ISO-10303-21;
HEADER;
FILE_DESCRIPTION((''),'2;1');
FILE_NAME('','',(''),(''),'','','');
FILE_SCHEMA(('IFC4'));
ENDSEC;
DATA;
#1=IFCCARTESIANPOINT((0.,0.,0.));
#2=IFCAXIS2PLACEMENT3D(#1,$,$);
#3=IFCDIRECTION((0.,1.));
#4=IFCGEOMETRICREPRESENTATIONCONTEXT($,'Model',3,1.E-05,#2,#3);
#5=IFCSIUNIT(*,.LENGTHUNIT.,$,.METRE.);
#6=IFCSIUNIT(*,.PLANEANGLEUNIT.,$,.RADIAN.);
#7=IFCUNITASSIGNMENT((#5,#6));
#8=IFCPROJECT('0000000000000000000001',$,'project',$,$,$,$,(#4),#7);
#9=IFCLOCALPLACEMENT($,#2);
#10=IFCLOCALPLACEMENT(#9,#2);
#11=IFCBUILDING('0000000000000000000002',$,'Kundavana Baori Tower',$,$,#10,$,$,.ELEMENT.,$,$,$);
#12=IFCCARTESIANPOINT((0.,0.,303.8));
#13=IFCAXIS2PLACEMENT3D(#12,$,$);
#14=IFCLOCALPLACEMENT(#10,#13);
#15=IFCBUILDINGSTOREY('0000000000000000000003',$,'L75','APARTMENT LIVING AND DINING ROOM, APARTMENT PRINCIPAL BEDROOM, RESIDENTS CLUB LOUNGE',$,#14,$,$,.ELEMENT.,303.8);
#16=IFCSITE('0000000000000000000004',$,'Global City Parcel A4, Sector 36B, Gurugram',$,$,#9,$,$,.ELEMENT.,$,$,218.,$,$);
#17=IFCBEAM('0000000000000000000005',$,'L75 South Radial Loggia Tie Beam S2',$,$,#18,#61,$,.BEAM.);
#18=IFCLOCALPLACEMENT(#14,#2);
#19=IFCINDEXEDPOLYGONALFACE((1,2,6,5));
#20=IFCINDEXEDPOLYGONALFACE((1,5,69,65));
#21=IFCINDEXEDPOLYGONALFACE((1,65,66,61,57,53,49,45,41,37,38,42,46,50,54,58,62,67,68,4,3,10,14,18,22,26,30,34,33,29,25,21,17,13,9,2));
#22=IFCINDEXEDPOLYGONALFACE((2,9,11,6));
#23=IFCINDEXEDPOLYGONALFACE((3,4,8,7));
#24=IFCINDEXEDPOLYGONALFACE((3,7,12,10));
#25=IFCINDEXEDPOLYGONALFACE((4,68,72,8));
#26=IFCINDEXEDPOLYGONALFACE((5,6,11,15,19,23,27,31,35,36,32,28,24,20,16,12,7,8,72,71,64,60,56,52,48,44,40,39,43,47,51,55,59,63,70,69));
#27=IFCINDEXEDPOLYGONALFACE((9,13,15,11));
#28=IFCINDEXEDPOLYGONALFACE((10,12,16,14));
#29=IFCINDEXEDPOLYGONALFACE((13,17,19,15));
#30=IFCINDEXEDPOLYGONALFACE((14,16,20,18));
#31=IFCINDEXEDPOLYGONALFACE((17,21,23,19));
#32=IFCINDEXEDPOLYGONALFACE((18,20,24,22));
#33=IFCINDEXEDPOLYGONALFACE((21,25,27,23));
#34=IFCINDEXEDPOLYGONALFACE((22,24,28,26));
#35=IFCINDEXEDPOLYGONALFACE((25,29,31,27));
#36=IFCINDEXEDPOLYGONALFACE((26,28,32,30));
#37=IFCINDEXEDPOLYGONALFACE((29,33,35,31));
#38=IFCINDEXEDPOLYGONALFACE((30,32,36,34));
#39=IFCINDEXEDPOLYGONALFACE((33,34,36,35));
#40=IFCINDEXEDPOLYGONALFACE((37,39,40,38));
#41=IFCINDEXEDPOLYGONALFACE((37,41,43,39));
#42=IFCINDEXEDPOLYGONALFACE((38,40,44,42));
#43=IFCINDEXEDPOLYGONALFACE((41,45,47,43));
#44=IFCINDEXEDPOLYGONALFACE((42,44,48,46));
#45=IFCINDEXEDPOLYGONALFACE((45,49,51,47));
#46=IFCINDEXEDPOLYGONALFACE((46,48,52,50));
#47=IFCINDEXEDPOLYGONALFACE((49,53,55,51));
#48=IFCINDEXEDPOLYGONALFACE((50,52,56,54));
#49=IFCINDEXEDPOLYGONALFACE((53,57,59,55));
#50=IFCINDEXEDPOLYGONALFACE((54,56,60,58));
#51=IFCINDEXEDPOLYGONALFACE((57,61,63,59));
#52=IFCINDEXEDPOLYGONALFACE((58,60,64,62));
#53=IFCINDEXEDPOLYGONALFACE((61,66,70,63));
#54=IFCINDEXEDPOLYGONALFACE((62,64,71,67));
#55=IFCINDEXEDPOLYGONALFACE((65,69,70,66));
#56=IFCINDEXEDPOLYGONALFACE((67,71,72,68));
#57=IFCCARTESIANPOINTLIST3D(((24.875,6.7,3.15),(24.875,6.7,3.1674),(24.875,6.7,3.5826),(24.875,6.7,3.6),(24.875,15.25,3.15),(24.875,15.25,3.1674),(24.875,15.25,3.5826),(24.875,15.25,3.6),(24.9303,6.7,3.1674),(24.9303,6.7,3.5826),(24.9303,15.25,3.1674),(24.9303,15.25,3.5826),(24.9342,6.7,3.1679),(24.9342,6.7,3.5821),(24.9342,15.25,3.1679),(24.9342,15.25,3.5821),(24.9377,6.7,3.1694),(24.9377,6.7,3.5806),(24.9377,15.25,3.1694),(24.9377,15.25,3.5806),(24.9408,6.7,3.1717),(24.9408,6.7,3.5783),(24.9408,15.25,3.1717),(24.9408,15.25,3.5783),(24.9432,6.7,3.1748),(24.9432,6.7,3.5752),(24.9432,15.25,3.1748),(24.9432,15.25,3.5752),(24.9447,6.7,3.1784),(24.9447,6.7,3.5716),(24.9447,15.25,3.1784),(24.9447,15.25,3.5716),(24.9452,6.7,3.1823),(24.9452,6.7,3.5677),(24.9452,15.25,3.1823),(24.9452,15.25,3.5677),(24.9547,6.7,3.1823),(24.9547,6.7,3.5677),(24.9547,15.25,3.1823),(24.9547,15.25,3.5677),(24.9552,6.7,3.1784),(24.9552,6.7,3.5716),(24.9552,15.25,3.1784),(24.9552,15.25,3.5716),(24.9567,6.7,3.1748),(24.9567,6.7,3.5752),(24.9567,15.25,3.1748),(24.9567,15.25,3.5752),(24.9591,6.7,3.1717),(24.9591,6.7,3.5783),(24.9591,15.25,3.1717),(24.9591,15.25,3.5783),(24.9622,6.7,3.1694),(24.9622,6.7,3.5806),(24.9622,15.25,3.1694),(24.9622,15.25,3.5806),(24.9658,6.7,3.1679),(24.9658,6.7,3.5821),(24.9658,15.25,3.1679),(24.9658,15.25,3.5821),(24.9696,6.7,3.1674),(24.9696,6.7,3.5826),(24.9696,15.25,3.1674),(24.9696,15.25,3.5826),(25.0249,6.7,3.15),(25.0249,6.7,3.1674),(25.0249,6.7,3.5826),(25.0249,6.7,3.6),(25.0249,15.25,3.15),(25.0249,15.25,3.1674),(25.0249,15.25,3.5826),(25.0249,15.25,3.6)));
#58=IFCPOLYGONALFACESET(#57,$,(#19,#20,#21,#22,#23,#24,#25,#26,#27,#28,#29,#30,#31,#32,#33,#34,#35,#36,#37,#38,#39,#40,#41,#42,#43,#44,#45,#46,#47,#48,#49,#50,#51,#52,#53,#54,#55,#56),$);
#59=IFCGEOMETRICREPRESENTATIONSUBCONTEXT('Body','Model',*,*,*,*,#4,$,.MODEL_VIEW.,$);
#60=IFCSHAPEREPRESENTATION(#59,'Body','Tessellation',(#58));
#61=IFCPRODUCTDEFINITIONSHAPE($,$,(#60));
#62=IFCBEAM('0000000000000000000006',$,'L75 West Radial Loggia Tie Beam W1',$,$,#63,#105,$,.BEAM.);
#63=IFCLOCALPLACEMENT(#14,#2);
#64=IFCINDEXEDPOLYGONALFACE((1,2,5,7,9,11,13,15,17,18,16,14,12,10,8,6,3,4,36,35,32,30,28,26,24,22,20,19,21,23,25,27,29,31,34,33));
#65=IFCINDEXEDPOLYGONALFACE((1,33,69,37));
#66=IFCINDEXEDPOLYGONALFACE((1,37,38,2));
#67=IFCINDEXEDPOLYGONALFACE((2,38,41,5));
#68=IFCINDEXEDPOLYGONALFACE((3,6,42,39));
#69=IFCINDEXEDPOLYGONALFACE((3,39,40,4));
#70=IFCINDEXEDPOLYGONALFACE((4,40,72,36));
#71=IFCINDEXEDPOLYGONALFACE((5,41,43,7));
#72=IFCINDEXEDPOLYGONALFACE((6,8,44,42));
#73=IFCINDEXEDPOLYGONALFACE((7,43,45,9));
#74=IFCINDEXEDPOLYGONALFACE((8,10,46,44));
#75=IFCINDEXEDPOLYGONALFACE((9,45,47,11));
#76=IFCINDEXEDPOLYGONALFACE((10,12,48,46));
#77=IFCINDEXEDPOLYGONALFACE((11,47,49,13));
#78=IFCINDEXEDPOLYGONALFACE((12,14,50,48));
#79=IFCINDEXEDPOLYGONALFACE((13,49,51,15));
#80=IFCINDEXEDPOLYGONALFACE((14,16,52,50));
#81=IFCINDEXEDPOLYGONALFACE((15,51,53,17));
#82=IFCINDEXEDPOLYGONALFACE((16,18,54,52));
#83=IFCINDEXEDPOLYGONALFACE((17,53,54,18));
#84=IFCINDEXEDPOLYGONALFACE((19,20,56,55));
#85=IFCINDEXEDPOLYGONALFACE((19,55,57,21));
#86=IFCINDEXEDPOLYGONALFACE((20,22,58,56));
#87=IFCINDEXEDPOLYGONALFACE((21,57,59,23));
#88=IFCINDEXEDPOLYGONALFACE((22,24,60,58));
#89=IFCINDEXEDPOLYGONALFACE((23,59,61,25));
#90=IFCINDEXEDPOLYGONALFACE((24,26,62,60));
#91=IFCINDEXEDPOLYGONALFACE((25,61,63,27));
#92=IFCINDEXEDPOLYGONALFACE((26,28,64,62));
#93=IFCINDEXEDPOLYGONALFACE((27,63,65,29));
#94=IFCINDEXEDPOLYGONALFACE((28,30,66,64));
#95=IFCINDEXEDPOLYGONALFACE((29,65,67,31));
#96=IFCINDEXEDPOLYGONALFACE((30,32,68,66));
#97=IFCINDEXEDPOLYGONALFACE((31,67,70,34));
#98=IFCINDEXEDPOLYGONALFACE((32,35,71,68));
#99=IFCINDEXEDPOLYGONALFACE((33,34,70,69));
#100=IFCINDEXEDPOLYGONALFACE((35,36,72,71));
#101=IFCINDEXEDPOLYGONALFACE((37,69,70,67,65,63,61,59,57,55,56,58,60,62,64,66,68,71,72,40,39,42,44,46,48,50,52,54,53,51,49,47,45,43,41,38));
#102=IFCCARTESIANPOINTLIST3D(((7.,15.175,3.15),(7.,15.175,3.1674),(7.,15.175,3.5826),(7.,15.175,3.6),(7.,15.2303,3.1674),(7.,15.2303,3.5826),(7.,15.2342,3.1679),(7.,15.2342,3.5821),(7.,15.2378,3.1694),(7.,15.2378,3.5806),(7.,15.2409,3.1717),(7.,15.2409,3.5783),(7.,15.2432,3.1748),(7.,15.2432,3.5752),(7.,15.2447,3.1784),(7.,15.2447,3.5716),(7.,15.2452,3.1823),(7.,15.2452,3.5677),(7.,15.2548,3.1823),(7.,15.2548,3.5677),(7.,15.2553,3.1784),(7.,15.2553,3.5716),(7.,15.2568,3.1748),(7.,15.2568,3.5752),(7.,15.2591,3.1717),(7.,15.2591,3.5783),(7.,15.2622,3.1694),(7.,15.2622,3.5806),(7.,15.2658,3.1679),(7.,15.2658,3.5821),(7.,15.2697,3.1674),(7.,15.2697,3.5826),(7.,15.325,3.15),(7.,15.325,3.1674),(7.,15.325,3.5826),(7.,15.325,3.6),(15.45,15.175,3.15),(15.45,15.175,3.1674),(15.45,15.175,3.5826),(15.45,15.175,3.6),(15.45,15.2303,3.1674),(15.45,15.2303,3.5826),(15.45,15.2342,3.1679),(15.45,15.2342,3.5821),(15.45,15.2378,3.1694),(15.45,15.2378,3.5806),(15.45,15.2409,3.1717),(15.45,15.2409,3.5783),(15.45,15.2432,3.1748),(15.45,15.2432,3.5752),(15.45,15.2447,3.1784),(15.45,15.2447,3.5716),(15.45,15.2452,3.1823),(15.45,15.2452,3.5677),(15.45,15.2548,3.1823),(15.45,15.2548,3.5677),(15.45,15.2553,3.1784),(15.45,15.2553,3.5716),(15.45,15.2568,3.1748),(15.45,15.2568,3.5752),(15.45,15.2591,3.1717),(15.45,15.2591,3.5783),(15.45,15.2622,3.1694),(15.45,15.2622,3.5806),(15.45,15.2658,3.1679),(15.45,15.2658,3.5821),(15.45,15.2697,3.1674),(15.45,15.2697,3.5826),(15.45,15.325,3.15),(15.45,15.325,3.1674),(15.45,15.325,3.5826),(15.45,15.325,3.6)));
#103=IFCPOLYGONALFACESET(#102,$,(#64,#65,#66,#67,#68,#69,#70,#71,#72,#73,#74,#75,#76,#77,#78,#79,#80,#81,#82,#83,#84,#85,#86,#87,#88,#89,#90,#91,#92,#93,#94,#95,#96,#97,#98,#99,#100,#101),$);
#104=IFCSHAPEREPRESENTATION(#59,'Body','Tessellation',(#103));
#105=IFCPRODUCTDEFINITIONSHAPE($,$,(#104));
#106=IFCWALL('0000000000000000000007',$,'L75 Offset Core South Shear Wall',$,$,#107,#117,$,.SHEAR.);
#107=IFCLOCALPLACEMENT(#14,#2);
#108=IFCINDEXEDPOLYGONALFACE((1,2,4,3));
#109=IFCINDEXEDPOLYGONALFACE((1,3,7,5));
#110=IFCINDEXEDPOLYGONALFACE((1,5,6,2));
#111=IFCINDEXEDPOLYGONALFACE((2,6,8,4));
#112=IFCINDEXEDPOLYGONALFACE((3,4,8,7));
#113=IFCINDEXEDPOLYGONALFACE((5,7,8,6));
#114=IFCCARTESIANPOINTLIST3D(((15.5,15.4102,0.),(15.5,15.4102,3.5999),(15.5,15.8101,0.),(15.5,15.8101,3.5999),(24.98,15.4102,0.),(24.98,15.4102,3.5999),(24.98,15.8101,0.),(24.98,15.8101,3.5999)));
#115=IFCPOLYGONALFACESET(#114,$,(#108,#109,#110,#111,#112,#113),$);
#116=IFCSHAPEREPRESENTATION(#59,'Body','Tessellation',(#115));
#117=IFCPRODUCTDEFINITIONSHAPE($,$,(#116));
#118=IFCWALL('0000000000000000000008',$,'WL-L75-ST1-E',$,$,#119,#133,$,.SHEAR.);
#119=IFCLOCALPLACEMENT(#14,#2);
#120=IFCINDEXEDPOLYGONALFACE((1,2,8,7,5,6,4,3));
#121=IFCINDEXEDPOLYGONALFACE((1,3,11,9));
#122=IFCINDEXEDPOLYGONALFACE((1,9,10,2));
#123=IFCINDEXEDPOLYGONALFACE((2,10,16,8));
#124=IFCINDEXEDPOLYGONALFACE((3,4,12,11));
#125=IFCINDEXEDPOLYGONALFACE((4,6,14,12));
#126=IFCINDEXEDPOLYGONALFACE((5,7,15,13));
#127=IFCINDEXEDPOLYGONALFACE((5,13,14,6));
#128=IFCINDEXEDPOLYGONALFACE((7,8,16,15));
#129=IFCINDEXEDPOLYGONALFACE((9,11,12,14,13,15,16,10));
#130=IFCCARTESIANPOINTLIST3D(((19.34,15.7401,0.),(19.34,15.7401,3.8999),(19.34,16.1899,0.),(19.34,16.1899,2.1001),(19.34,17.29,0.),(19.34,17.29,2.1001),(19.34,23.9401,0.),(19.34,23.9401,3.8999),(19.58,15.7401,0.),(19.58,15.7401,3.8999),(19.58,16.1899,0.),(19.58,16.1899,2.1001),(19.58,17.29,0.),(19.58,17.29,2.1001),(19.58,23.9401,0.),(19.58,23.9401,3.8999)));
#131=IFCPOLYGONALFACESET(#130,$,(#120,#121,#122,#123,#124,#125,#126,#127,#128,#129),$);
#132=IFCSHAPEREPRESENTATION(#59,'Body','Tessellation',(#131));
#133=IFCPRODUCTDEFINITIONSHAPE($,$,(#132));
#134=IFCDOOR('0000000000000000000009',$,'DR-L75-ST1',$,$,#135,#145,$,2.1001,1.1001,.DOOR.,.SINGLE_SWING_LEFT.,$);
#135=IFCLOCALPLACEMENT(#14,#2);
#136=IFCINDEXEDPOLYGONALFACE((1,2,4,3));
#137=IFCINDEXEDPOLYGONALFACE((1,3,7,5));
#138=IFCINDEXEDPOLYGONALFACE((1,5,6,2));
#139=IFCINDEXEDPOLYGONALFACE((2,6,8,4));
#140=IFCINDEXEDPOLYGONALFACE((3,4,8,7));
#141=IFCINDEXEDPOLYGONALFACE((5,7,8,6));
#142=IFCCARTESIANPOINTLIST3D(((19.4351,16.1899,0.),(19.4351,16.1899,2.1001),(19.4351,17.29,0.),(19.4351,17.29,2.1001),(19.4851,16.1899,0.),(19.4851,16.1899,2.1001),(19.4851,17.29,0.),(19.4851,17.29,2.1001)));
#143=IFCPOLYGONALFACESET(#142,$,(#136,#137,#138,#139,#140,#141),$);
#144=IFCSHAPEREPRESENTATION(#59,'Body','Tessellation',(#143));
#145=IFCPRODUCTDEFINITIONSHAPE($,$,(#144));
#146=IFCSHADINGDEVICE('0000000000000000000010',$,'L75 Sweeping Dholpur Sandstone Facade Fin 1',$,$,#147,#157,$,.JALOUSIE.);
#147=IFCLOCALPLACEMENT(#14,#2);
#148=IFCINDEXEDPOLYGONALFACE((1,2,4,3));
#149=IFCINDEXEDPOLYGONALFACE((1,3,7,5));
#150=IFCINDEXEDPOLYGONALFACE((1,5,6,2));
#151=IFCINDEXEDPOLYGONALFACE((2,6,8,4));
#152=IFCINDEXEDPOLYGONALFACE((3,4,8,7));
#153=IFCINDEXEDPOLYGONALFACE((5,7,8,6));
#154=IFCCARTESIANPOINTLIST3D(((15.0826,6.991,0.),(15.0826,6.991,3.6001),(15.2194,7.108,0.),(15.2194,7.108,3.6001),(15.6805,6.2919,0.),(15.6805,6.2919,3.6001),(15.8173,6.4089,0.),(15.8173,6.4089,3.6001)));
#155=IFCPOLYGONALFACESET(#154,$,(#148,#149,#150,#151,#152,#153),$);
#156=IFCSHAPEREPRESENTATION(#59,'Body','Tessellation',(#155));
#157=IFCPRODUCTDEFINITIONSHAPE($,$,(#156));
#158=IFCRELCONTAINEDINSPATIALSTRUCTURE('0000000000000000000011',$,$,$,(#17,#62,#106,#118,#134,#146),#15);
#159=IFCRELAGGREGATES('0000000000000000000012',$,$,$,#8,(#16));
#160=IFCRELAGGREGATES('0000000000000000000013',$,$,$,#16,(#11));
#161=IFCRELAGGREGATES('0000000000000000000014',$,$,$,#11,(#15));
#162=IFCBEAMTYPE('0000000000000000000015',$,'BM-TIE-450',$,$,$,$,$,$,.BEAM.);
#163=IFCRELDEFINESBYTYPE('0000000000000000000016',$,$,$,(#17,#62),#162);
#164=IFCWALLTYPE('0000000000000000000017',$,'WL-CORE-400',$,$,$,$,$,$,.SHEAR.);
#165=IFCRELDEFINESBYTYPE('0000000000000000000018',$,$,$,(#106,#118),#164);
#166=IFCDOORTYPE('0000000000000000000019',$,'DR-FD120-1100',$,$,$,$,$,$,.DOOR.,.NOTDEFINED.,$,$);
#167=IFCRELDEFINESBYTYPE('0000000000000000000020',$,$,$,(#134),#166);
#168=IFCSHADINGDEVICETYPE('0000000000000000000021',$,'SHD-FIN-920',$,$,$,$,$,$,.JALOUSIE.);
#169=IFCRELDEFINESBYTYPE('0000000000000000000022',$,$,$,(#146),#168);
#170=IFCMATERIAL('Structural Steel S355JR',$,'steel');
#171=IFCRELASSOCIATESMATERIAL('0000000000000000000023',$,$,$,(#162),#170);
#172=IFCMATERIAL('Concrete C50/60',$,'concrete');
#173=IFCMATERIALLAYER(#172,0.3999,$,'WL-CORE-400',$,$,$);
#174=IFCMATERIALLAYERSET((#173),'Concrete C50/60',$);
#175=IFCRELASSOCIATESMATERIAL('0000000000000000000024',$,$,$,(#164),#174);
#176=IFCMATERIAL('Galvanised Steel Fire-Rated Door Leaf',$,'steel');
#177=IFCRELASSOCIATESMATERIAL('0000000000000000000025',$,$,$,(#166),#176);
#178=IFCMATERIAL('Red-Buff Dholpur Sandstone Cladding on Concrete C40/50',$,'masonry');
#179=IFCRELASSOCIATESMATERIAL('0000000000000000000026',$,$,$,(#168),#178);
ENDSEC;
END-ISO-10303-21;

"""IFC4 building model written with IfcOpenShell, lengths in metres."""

from ifc_helpers import new_model, si_unit, direction, frame, frame_2d, origin, origin_2d, place, context, subcontext, project, spatial, rectangle, i_section, extrude, material, layer, layer_set, material_profile, profile_set, type_object, element, fill, save


model = new_model("IFC4")

# Units and contexts
model_context = context("Model", 3, precision=1e-05, world=origin(), true_north=direction((0.0, 1.0)))
body_context = subcontext(model_context, "Body", "Model", "MODEL_VIEW")
ifc_project = project(units=[si_unit("LENGTHUNIT", "METRE"), si_unit("PLANEANGLEUNIT", "RADIAN")], contexts=[model_context])

# Site, building, storey
site_placement = place(None, origin())
site = spatial("IfcSite", under=ifc_project, at=site_placement, Name="Global City Parcel A4, Sector 36B, Gurugram", CompositionType="ELEMENT", RefElevation=218.0)
building_placement = place(site_placement, origin())
building = spatial("IfcBuilding", under=site, at=building_placement, Name="Kundavana Baori Tower", CompositionType="ELEMENT")
storey_placement = place(building_placement, frame((0.0, 0.0, 303.8)))
storey = spatial("IfcBuildingStorey", under=building, at=storey_placement, Name="L75", Description="APARTMENT LIVING AND DINING ROOM, APARTMENT PRINCIPAL BEDROOM, RESIDENTS CLUB LOUNGE", CompositionType="ELEMENT", Elevation=303.8)

# Beams
ifc_material_1 = material(Name="Structural Steel S355JR", Category="steel")
ifc_material_profile_1 = material_profile(ifc_material_1, i_section(OverallWidth=0.1499, OverallDepth=0.45, WebThickness=0.0095, FlangeThickness=0.0173, FilletRadius=0.0149, at=origin_2d()), Name="ISMB 450")
ifc_profile_set_1 = profile_set([ifc_material_profile_1], Name="Structural Steel S355JR")
beam_type_1 = type_object("IfcBeamType", Name="BM-TIE-450", PredefinedType="BEAM", material=ifc_profile_set_1)
for number, where, z_axis, x_axis, name in (
    (1, (24.95, 15.25, 3.375), (0.0, -1.0, 0.0), (1.0, 0.0, 0.0), "L75 South Radial Loggia Tie Beam S2"),
):
    element("IfcBeam", number, at=place(storey_placement, frame(where, z_axis=z_axis, x_axis=x_axis)), inside=storey, type_object=beam_type_1, Name=name, PredefinedType="BEAM", context=body_context, shape_type="SweptSolid", body=[
        extrude(i_section(OverallWidth=0.1499, OverallDepth=0.45, WebThickness=0.0095, FlangeThickness=0.0173, FilletRadius=0.0149, at=origin_2d()), origin(), (0.0, 0.0, 1.0), 8.55),
    ])
beam_1_placement = place(storey_placement, frame((15.45, 15.25, 3.375), z_axis=(-1.0, 0.0, 0.0), x_axis=(0.0, -1.0, 0.0)))
element("IfcBeam", 2, at=beam_1_placement, inside=storey, type_object=beam_type_1, Name="L75 West Radial Loggia Tie Beam W1", PredefinedType="BEAM", context=body_context, shape_type="SweptSolid", body=[
    extrude(i_section(OverallWidth=0.1499, OverallDepth=0.45, WebThickness=0.0095, FlangeThickness=0.0173, FilletRadius=0.0149, at=origin_2d()), origin(), (0.0, 0.0, 1.0), 8.45),
])

# Wall
ifc_material_2 = material(Name="Concrete C50/60", Category="concrete")
ifc_layer = layer(ifc_material_2, 0.3999, Name="WL-CORE-400")
ifc_layer_set = layer_set([ifc_layer], Name="Concrete C50/60")
wall_type = type_object("IfcWallType", Name="WL-CORE-400", PredefinedType="SHEAR", material=ifc_layer_set)
wall_1_placement = place(storey_placement, frame((15.5, 15.6101, 0.0), z_axis=(0.0, 0.0, 1.0), x_axis=(1.0, 0.0, 0.0)))
element("IfcWall", 3, at=wall_1_placement, inside=storey, type_object=wall_type, Name="L75 Offset Core South Shear Wall", PredefinedType="SHEAR", context=body_context, shape_type="SweptSolid", body=[
    extrude(rectangle(XDim=9.48, YDim=0.3999, at=frame_2d((4.74, 0.0))), origin(), (0.0, 0.0, 1.0), 3.5999),
])

# Wall, opening, door
wall_2_placement = place(storey_placement, frame((19.46, 15.74, 0.0), z_axis=(0.0, 0.0, 1.0), x_axis=(0.0, 1.0, 0.0)))
wall_2 = element("IfcWall", 4, at=wall_2_placement, inside=storey, type_object=wall_type, Name="WL-L75-ST1-E", PredefinedType="SHEAR", context=body_context, shape_type="SweptSolid", body=[
    extrude(rectangle(XDim=8.2, YDim=0.24, at=frame_2d((4.1001, 0.0))), origin(), (0.0, 0.0, 1.0), 3.8999),
])
opening_1_placement = place(wall_2_placement, frame((0.45, 0.0, 0.0)))
opening_1 = element("IfcOpeningElement", 5, at=opening_1_placement, cuts=wall_2, PredefinedType="OPENING", context=body_context, shape_type="SweptSolid", body=[
    extrude(rectangle(XDim=1.1001, YDim=2.1001, at=frame_2d((0.55, 1.05))), frame((0.0, 0.1299, 0.0), z_axis=(0.0, -1.0, 0.0), x_axis=(1.0, 0.0, 0.0)), (0.0, 0.0, 1.0), 0.26),
])
ifc_material_3 = material(Name="Galvanised Steel Fire-Rated Door Leaf", Category="steel")
door_type_1 = type_object("IfcDoorType", Name="DR-FD120-1100", OperationType="NOTDEFINED", PredefinedType="DOOR", material=ifc_material_3)
door_1_placement = place(opening_1_placement, origin())
door_1 = element("IfcDoor", 6, at=door_1_placement, inside=storey, type_object=door_type_1, Name="DR-L75-ST1", OperationType="SINGLE_SWING_LEFT", OverallHeight=2.1001, OverallWidth=1.1001, PredefinedType="DOOR", context=body_context, shape_type="SweptSolid", body=[
    extrude(rectangle(XDim=1.1001, YDim=2.1001, at=frame_2d((0.55, 1.05))), frame((0.0, 0.0249, 0.0), z_axis=(0.0, -1.0, 0.0), x_axis=(1.0, 0.0, 0.0)), (0.0, 0.0, 1.0), 0.05),
])
fill(opening_1, door_1)

# Shading device
ifc_material_4 = material(Name="Red-Buff Dholpur Sandstone Cladding on Concrete C40/50", Category="masonry")
shading_device_type = type_object("IfcShadingDeviceType", Name="SHD-FIN-920", PredefinedType="JALOUSIE", material=ifc_material_4)
shading_device_placement = place(storey_placement, frame((15.45, 6.7, 0.0), z_axis=(0.0, 0.0, 1.0), x_axis=(0.759952, 0.649979, 0.0)))
element("IfcShadingDevice", 7, at=shading_device_placement, inside=storey, type_object=shading_device_type, Name="L75 Sweeping Dholpur Sandstone Facade Fin 1", PredefinedType="JALOUSIE", context=body_context, shape_type="SweptSolid", body=[
    extrude(rectangle(XDim=0.1799, YDim=0.9199, at=origin_2d()), origin(), (0.0, 0.0, 1.0), 3.6001),
])

save(model, "model.ifc")
